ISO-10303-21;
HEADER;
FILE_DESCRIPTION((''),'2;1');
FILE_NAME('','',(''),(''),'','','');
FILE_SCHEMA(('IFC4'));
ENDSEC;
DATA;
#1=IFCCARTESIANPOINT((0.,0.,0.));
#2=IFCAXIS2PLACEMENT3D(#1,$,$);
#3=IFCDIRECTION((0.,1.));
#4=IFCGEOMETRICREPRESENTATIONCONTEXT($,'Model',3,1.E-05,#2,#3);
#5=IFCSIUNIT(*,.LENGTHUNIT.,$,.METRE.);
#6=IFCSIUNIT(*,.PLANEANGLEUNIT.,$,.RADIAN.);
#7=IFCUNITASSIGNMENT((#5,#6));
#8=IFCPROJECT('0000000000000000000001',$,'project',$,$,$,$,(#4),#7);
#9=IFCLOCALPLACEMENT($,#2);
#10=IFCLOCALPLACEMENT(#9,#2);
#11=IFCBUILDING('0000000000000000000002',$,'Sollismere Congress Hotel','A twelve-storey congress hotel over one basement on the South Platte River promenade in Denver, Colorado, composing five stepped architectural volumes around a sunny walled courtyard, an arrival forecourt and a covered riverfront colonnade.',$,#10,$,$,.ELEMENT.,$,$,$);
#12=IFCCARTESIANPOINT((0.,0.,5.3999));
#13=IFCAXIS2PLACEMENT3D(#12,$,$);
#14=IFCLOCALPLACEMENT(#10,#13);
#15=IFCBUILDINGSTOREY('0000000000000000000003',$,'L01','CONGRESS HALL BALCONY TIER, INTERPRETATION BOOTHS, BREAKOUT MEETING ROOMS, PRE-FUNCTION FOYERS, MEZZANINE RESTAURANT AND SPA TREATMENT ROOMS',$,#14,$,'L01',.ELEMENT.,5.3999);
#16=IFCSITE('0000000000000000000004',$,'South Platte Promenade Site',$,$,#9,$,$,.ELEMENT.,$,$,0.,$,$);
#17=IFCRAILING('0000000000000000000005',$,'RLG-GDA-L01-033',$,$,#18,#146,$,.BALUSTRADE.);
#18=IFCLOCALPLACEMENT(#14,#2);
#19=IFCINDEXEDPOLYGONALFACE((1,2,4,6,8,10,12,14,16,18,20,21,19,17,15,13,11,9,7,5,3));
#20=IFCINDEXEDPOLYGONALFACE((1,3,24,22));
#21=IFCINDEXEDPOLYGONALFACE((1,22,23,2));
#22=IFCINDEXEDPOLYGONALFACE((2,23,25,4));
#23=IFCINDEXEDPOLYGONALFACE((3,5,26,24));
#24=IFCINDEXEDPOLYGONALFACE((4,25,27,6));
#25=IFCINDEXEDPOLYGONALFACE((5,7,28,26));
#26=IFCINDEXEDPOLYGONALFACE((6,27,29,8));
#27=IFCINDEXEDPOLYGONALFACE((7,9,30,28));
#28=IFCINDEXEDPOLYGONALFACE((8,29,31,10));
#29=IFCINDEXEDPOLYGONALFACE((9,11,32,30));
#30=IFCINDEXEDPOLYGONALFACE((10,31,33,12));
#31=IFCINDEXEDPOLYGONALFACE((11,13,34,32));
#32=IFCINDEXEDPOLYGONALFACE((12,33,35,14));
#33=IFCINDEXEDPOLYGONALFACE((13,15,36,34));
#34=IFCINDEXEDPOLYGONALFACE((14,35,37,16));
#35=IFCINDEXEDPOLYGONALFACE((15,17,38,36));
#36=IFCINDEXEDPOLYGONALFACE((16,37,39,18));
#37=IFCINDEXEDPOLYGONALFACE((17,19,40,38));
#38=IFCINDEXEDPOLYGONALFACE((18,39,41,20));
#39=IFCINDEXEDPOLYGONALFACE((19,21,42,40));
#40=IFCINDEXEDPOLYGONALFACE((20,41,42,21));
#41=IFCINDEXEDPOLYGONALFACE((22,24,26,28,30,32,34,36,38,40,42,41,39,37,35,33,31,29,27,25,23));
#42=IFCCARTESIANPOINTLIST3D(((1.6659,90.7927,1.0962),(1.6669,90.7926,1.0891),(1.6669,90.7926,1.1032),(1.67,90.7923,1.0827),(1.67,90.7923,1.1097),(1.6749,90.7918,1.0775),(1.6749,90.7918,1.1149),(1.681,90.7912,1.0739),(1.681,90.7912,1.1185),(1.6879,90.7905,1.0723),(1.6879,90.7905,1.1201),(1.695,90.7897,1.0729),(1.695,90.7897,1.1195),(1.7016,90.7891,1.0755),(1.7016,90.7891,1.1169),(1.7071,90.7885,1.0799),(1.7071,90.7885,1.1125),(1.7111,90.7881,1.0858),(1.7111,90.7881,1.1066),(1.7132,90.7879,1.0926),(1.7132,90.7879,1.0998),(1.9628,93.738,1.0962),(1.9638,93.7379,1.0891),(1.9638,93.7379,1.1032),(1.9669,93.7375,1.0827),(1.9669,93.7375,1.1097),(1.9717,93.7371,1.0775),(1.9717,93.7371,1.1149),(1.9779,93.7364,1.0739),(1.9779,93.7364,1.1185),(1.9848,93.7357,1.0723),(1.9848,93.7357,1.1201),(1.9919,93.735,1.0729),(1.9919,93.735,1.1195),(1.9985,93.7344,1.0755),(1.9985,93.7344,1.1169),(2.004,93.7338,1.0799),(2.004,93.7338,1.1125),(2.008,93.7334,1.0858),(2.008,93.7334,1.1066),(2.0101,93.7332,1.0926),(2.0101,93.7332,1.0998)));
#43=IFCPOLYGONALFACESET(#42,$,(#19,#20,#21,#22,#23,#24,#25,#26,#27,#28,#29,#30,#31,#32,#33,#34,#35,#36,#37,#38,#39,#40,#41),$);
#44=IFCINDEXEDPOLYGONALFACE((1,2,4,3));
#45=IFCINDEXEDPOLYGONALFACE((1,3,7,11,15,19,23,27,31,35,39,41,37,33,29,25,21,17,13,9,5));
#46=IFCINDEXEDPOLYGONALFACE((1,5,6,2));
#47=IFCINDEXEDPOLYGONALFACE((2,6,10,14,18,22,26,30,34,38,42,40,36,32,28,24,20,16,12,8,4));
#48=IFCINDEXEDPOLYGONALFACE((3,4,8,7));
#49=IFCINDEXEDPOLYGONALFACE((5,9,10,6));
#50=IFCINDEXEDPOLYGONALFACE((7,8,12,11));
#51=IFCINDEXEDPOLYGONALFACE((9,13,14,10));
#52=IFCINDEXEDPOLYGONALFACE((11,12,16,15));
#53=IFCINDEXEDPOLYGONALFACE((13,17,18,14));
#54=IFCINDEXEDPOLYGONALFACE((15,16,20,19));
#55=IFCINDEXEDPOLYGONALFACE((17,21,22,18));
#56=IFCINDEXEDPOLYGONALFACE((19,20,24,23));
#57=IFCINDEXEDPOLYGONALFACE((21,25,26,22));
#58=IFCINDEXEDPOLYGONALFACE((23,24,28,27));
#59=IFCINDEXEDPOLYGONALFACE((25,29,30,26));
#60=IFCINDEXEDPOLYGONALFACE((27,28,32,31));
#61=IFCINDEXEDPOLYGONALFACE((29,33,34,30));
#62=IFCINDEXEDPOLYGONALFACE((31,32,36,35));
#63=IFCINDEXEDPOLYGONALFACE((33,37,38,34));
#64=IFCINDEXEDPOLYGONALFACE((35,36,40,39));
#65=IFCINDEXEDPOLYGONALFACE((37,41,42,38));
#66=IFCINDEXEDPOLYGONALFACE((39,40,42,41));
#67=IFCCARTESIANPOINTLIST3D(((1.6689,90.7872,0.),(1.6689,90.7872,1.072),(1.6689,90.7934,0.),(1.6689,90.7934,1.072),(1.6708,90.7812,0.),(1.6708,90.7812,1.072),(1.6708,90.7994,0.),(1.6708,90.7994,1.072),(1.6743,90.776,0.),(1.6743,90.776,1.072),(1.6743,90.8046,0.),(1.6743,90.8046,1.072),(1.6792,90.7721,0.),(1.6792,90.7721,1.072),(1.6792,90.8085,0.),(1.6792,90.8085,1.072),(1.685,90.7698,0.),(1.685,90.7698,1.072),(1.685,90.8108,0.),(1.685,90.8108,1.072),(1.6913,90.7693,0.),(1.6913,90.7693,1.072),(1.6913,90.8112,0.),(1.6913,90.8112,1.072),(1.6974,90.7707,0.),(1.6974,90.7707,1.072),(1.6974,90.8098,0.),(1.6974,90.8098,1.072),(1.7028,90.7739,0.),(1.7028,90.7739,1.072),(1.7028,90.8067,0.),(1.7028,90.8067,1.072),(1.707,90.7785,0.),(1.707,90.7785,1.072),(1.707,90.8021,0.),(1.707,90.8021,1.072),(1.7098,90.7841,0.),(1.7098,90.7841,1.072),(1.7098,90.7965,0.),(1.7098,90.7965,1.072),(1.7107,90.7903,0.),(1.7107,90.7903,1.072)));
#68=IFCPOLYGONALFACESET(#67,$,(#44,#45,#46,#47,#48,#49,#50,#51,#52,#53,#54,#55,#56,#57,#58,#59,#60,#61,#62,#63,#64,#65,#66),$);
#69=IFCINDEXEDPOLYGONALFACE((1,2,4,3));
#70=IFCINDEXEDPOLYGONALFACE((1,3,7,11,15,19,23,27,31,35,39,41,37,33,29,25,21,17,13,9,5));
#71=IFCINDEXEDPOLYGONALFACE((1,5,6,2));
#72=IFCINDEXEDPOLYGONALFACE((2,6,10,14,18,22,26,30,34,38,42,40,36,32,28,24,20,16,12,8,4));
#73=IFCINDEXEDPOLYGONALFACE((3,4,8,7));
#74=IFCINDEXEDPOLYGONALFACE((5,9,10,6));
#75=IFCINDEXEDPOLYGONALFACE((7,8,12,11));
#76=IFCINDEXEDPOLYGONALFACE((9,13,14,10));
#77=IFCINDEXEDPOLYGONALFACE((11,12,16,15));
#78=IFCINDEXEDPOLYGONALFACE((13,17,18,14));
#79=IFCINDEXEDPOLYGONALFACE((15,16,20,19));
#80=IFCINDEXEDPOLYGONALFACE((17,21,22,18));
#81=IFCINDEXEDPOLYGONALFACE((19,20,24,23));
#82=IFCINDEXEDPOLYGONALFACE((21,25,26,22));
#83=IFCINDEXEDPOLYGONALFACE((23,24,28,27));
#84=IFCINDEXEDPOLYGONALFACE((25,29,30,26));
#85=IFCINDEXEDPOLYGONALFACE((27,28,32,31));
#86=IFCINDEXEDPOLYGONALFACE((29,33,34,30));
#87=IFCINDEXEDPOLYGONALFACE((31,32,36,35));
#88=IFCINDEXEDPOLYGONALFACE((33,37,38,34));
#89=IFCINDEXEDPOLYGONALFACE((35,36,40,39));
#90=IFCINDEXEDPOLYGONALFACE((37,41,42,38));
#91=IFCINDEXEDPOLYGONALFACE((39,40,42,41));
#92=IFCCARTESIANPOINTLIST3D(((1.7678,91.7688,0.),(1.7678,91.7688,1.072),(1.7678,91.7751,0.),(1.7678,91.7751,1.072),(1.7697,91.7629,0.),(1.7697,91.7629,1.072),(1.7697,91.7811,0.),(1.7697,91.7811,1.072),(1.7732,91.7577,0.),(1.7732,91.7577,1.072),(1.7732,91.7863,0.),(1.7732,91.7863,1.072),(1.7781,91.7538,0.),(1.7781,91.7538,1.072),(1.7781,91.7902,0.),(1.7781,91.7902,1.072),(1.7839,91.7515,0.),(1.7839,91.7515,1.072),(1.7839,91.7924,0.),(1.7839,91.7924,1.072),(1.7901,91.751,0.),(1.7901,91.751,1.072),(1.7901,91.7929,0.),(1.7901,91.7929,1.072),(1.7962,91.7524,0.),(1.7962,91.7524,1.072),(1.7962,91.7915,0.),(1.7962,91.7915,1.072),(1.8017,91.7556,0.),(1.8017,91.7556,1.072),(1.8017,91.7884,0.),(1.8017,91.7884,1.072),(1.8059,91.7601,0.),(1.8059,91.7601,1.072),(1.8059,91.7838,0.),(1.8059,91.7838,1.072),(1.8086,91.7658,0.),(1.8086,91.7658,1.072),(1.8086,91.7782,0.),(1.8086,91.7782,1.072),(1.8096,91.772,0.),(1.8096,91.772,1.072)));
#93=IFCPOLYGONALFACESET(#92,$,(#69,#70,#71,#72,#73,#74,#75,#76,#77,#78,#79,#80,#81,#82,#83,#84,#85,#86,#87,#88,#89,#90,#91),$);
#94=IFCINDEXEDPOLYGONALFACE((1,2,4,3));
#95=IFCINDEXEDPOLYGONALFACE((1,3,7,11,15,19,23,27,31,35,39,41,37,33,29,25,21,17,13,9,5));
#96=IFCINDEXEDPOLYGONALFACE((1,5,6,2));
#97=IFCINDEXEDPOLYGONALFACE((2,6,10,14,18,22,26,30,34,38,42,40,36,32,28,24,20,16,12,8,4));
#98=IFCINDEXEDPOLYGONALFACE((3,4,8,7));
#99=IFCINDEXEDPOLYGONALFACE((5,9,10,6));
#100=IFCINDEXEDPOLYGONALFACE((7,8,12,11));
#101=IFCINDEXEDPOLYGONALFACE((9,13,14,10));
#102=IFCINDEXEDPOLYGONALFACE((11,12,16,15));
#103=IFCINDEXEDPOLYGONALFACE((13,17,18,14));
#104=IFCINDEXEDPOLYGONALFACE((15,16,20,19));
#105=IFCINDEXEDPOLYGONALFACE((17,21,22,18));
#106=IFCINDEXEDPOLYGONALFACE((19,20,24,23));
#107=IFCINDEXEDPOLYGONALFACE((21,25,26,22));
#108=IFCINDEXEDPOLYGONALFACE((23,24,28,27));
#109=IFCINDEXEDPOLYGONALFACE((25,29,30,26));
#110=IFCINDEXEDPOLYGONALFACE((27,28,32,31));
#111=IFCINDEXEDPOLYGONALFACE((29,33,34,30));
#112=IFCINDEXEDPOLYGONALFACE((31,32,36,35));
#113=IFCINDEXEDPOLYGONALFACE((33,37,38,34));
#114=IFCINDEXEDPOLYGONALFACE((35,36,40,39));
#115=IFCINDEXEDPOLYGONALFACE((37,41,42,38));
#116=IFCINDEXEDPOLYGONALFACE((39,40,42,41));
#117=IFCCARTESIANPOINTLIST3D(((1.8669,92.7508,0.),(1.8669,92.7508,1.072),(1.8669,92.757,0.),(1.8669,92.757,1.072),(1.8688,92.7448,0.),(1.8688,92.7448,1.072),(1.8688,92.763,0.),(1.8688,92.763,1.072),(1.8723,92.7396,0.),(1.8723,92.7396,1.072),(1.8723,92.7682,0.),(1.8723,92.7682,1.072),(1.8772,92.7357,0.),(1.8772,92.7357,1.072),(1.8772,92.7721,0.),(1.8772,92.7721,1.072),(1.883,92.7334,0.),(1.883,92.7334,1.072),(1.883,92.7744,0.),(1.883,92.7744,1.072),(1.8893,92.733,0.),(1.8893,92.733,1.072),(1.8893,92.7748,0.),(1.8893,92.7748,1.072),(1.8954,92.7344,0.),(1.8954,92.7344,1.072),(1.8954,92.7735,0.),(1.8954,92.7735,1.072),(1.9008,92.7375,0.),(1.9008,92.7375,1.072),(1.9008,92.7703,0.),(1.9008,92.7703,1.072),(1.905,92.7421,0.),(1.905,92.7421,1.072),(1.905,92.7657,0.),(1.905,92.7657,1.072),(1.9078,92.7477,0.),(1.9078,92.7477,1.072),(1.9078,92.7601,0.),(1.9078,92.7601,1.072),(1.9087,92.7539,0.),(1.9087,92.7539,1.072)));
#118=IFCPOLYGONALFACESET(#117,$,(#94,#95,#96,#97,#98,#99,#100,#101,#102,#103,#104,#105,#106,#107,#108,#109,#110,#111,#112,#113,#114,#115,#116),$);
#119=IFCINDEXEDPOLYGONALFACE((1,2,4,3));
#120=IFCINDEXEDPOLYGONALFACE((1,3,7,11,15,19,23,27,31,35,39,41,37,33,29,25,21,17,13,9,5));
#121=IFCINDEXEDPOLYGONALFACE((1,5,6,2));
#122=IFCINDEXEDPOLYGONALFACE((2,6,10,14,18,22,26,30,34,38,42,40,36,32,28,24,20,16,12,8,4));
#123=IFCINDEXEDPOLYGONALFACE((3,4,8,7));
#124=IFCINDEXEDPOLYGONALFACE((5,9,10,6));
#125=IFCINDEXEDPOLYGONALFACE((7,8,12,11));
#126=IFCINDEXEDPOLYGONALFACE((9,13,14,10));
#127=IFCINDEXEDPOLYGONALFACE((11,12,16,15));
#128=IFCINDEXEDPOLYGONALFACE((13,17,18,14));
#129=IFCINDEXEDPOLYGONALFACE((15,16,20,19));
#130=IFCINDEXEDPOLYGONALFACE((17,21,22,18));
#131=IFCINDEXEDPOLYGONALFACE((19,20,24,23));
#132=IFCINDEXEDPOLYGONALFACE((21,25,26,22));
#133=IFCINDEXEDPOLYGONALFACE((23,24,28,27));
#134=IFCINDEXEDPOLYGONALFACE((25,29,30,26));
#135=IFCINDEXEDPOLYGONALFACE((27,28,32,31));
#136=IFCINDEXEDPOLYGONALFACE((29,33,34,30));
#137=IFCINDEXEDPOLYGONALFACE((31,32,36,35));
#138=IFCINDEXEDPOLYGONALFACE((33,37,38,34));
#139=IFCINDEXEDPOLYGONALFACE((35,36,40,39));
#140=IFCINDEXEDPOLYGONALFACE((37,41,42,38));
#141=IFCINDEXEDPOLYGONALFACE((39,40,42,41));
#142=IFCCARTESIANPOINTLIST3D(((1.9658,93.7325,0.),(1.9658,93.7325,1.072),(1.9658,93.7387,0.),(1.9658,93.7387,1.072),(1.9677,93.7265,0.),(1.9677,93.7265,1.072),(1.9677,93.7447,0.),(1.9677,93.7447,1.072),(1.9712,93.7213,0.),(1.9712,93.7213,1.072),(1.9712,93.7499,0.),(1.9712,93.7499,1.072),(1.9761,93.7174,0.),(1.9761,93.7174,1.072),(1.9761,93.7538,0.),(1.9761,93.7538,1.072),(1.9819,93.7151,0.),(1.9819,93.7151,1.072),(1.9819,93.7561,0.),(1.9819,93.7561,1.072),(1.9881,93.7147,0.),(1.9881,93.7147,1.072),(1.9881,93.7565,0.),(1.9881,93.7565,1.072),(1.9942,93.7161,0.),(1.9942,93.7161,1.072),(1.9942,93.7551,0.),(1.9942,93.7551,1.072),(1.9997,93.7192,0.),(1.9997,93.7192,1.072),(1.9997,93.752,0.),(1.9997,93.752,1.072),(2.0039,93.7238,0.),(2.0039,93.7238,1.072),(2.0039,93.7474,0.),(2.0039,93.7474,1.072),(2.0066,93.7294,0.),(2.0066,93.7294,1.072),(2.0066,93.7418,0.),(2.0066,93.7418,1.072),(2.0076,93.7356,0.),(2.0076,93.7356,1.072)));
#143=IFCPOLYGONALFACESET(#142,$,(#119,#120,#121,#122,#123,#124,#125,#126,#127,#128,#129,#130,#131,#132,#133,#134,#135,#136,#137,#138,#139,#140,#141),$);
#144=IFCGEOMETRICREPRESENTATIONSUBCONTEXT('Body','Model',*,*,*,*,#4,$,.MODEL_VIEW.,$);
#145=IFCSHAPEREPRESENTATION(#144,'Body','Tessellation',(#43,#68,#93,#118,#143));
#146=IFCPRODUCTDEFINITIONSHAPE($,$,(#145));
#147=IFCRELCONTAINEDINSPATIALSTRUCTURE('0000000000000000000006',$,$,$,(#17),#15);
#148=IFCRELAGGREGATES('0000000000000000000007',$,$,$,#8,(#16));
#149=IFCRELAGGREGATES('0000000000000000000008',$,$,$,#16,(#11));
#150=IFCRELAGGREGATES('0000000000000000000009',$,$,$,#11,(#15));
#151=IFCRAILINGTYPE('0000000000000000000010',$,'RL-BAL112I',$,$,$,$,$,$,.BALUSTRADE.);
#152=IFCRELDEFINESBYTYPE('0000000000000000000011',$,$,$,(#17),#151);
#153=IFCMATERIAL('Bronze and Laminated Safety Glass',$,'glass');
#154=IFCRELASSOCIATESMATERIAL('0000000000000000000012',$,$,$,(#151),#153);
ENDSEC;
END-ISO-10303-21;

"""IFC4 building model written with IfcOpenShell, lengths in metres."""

from ifc_helpers import new_model, si_unit, direction, frame, origin, origin_2d, place, context, subcontext, project, spatial, circle, extrude, material, type_object, element, save


model = new_model("IFC4")

# Units and contexts
model_context = context("Model", 3, precision=1e-05, world=origin(), true_north=direction((0.0, 1.0)))
body_context = subcontext(model_context, "Body", "Model", "MODEL_VIEW")
ifc_project = project(units=[si_unit("LENGTHUNIT", "METRE"), si_unit("PLANEANGLEUNIT", "RADIAN")], contexts=[model_context])

# Site, building, storey
site_placement = place(None, origin())
site = spatial("IfcSite", under=ifc_project, at=site_placement, Name="South Platte Promenade Site", CompositionType="ELEMENT", RefElevation=0.0)
building_placement = place(site_placement, origin())
building = spatial("IfcBuilding", under=site, at=building_placement, Name="Sollismere Congress Hotel", Description="A twelve-storey congress hotel over one basement on the South Platte River promenade in Denver, Colorado, composing five stepped architectural volumes around a sunny walled courtyard, an arrival forecourt and a covered riverfront colonnade.", CompositionType="ELEMENT")
storey_placement = place(building_placement, frame((0.0, 0.0, 5.3999)))
storey = spatial("IfcBuildingStorey", under=building, at=storey_placement, Name="L01", Description="CONGRESS HALL BALCONY TIER, INTERPRETATION BOOTHS, BREAKOUT MEETING ROOMS, PRE-FUNCTION FOYERS, MEZZANINE RESTAURANT AND SPA TREATMENT ROOMS", LongName="L01", CompositionType="ELEMENT", Elevation=5.3999)

# Railing
ifc_material_1 = material(Name="Bronze and Laminated Safety Glass", Category="glass")
railing_type = type_object("IfcRailingType", Name="RL-BAL112I", PredefinedType="BALUSTRADE", material=ifc_material_1)
railing_1_placement = place(storey_placement, frame((1.6897, 90.7903, 0.0)))
element("IfcRailing", 1, at=railing_1_placement, inside=storey, type_object=railing_type, Name="RLG-GDA-L01-033", PredefinedType="BALUSTRADE", context=body_context, shape_type="SweptSolid", body=[
    extrude(circle(Radius=0.0239, at=origin_2d()), frame((0.0, 0.0, 1.0962), z_axis=(0.100288, 0.994958, 0.0), x_axis=(-0.994958, 0.100288, 0.0)), (0.0, 0.0, 1.0), 2.9602),
    extrude(circle(Radius=0.021, at=origin_2d()), origin(), (0.0, 0.0, 1.0), 1.072),
    extrude(circle(Radius=0.021, at=origin_2d()), frame((0.0989, 0.9817, 0.0)), (0.0, 0.0, 1.0), 1.072),
    extrude(circle(Radius=0.021, at=origin_2d()), frame((0.198, 1.9636, 0.0)), (0.0, 0.0, 1.0), 1.072),
    extrude(circle(Radius=0.021, at=origin_2d()), frame((0.2969, 2.9453, 0.0)), (0.0, 0.0, 1.0), 1.072),
])

save(model, "model.ifc")
